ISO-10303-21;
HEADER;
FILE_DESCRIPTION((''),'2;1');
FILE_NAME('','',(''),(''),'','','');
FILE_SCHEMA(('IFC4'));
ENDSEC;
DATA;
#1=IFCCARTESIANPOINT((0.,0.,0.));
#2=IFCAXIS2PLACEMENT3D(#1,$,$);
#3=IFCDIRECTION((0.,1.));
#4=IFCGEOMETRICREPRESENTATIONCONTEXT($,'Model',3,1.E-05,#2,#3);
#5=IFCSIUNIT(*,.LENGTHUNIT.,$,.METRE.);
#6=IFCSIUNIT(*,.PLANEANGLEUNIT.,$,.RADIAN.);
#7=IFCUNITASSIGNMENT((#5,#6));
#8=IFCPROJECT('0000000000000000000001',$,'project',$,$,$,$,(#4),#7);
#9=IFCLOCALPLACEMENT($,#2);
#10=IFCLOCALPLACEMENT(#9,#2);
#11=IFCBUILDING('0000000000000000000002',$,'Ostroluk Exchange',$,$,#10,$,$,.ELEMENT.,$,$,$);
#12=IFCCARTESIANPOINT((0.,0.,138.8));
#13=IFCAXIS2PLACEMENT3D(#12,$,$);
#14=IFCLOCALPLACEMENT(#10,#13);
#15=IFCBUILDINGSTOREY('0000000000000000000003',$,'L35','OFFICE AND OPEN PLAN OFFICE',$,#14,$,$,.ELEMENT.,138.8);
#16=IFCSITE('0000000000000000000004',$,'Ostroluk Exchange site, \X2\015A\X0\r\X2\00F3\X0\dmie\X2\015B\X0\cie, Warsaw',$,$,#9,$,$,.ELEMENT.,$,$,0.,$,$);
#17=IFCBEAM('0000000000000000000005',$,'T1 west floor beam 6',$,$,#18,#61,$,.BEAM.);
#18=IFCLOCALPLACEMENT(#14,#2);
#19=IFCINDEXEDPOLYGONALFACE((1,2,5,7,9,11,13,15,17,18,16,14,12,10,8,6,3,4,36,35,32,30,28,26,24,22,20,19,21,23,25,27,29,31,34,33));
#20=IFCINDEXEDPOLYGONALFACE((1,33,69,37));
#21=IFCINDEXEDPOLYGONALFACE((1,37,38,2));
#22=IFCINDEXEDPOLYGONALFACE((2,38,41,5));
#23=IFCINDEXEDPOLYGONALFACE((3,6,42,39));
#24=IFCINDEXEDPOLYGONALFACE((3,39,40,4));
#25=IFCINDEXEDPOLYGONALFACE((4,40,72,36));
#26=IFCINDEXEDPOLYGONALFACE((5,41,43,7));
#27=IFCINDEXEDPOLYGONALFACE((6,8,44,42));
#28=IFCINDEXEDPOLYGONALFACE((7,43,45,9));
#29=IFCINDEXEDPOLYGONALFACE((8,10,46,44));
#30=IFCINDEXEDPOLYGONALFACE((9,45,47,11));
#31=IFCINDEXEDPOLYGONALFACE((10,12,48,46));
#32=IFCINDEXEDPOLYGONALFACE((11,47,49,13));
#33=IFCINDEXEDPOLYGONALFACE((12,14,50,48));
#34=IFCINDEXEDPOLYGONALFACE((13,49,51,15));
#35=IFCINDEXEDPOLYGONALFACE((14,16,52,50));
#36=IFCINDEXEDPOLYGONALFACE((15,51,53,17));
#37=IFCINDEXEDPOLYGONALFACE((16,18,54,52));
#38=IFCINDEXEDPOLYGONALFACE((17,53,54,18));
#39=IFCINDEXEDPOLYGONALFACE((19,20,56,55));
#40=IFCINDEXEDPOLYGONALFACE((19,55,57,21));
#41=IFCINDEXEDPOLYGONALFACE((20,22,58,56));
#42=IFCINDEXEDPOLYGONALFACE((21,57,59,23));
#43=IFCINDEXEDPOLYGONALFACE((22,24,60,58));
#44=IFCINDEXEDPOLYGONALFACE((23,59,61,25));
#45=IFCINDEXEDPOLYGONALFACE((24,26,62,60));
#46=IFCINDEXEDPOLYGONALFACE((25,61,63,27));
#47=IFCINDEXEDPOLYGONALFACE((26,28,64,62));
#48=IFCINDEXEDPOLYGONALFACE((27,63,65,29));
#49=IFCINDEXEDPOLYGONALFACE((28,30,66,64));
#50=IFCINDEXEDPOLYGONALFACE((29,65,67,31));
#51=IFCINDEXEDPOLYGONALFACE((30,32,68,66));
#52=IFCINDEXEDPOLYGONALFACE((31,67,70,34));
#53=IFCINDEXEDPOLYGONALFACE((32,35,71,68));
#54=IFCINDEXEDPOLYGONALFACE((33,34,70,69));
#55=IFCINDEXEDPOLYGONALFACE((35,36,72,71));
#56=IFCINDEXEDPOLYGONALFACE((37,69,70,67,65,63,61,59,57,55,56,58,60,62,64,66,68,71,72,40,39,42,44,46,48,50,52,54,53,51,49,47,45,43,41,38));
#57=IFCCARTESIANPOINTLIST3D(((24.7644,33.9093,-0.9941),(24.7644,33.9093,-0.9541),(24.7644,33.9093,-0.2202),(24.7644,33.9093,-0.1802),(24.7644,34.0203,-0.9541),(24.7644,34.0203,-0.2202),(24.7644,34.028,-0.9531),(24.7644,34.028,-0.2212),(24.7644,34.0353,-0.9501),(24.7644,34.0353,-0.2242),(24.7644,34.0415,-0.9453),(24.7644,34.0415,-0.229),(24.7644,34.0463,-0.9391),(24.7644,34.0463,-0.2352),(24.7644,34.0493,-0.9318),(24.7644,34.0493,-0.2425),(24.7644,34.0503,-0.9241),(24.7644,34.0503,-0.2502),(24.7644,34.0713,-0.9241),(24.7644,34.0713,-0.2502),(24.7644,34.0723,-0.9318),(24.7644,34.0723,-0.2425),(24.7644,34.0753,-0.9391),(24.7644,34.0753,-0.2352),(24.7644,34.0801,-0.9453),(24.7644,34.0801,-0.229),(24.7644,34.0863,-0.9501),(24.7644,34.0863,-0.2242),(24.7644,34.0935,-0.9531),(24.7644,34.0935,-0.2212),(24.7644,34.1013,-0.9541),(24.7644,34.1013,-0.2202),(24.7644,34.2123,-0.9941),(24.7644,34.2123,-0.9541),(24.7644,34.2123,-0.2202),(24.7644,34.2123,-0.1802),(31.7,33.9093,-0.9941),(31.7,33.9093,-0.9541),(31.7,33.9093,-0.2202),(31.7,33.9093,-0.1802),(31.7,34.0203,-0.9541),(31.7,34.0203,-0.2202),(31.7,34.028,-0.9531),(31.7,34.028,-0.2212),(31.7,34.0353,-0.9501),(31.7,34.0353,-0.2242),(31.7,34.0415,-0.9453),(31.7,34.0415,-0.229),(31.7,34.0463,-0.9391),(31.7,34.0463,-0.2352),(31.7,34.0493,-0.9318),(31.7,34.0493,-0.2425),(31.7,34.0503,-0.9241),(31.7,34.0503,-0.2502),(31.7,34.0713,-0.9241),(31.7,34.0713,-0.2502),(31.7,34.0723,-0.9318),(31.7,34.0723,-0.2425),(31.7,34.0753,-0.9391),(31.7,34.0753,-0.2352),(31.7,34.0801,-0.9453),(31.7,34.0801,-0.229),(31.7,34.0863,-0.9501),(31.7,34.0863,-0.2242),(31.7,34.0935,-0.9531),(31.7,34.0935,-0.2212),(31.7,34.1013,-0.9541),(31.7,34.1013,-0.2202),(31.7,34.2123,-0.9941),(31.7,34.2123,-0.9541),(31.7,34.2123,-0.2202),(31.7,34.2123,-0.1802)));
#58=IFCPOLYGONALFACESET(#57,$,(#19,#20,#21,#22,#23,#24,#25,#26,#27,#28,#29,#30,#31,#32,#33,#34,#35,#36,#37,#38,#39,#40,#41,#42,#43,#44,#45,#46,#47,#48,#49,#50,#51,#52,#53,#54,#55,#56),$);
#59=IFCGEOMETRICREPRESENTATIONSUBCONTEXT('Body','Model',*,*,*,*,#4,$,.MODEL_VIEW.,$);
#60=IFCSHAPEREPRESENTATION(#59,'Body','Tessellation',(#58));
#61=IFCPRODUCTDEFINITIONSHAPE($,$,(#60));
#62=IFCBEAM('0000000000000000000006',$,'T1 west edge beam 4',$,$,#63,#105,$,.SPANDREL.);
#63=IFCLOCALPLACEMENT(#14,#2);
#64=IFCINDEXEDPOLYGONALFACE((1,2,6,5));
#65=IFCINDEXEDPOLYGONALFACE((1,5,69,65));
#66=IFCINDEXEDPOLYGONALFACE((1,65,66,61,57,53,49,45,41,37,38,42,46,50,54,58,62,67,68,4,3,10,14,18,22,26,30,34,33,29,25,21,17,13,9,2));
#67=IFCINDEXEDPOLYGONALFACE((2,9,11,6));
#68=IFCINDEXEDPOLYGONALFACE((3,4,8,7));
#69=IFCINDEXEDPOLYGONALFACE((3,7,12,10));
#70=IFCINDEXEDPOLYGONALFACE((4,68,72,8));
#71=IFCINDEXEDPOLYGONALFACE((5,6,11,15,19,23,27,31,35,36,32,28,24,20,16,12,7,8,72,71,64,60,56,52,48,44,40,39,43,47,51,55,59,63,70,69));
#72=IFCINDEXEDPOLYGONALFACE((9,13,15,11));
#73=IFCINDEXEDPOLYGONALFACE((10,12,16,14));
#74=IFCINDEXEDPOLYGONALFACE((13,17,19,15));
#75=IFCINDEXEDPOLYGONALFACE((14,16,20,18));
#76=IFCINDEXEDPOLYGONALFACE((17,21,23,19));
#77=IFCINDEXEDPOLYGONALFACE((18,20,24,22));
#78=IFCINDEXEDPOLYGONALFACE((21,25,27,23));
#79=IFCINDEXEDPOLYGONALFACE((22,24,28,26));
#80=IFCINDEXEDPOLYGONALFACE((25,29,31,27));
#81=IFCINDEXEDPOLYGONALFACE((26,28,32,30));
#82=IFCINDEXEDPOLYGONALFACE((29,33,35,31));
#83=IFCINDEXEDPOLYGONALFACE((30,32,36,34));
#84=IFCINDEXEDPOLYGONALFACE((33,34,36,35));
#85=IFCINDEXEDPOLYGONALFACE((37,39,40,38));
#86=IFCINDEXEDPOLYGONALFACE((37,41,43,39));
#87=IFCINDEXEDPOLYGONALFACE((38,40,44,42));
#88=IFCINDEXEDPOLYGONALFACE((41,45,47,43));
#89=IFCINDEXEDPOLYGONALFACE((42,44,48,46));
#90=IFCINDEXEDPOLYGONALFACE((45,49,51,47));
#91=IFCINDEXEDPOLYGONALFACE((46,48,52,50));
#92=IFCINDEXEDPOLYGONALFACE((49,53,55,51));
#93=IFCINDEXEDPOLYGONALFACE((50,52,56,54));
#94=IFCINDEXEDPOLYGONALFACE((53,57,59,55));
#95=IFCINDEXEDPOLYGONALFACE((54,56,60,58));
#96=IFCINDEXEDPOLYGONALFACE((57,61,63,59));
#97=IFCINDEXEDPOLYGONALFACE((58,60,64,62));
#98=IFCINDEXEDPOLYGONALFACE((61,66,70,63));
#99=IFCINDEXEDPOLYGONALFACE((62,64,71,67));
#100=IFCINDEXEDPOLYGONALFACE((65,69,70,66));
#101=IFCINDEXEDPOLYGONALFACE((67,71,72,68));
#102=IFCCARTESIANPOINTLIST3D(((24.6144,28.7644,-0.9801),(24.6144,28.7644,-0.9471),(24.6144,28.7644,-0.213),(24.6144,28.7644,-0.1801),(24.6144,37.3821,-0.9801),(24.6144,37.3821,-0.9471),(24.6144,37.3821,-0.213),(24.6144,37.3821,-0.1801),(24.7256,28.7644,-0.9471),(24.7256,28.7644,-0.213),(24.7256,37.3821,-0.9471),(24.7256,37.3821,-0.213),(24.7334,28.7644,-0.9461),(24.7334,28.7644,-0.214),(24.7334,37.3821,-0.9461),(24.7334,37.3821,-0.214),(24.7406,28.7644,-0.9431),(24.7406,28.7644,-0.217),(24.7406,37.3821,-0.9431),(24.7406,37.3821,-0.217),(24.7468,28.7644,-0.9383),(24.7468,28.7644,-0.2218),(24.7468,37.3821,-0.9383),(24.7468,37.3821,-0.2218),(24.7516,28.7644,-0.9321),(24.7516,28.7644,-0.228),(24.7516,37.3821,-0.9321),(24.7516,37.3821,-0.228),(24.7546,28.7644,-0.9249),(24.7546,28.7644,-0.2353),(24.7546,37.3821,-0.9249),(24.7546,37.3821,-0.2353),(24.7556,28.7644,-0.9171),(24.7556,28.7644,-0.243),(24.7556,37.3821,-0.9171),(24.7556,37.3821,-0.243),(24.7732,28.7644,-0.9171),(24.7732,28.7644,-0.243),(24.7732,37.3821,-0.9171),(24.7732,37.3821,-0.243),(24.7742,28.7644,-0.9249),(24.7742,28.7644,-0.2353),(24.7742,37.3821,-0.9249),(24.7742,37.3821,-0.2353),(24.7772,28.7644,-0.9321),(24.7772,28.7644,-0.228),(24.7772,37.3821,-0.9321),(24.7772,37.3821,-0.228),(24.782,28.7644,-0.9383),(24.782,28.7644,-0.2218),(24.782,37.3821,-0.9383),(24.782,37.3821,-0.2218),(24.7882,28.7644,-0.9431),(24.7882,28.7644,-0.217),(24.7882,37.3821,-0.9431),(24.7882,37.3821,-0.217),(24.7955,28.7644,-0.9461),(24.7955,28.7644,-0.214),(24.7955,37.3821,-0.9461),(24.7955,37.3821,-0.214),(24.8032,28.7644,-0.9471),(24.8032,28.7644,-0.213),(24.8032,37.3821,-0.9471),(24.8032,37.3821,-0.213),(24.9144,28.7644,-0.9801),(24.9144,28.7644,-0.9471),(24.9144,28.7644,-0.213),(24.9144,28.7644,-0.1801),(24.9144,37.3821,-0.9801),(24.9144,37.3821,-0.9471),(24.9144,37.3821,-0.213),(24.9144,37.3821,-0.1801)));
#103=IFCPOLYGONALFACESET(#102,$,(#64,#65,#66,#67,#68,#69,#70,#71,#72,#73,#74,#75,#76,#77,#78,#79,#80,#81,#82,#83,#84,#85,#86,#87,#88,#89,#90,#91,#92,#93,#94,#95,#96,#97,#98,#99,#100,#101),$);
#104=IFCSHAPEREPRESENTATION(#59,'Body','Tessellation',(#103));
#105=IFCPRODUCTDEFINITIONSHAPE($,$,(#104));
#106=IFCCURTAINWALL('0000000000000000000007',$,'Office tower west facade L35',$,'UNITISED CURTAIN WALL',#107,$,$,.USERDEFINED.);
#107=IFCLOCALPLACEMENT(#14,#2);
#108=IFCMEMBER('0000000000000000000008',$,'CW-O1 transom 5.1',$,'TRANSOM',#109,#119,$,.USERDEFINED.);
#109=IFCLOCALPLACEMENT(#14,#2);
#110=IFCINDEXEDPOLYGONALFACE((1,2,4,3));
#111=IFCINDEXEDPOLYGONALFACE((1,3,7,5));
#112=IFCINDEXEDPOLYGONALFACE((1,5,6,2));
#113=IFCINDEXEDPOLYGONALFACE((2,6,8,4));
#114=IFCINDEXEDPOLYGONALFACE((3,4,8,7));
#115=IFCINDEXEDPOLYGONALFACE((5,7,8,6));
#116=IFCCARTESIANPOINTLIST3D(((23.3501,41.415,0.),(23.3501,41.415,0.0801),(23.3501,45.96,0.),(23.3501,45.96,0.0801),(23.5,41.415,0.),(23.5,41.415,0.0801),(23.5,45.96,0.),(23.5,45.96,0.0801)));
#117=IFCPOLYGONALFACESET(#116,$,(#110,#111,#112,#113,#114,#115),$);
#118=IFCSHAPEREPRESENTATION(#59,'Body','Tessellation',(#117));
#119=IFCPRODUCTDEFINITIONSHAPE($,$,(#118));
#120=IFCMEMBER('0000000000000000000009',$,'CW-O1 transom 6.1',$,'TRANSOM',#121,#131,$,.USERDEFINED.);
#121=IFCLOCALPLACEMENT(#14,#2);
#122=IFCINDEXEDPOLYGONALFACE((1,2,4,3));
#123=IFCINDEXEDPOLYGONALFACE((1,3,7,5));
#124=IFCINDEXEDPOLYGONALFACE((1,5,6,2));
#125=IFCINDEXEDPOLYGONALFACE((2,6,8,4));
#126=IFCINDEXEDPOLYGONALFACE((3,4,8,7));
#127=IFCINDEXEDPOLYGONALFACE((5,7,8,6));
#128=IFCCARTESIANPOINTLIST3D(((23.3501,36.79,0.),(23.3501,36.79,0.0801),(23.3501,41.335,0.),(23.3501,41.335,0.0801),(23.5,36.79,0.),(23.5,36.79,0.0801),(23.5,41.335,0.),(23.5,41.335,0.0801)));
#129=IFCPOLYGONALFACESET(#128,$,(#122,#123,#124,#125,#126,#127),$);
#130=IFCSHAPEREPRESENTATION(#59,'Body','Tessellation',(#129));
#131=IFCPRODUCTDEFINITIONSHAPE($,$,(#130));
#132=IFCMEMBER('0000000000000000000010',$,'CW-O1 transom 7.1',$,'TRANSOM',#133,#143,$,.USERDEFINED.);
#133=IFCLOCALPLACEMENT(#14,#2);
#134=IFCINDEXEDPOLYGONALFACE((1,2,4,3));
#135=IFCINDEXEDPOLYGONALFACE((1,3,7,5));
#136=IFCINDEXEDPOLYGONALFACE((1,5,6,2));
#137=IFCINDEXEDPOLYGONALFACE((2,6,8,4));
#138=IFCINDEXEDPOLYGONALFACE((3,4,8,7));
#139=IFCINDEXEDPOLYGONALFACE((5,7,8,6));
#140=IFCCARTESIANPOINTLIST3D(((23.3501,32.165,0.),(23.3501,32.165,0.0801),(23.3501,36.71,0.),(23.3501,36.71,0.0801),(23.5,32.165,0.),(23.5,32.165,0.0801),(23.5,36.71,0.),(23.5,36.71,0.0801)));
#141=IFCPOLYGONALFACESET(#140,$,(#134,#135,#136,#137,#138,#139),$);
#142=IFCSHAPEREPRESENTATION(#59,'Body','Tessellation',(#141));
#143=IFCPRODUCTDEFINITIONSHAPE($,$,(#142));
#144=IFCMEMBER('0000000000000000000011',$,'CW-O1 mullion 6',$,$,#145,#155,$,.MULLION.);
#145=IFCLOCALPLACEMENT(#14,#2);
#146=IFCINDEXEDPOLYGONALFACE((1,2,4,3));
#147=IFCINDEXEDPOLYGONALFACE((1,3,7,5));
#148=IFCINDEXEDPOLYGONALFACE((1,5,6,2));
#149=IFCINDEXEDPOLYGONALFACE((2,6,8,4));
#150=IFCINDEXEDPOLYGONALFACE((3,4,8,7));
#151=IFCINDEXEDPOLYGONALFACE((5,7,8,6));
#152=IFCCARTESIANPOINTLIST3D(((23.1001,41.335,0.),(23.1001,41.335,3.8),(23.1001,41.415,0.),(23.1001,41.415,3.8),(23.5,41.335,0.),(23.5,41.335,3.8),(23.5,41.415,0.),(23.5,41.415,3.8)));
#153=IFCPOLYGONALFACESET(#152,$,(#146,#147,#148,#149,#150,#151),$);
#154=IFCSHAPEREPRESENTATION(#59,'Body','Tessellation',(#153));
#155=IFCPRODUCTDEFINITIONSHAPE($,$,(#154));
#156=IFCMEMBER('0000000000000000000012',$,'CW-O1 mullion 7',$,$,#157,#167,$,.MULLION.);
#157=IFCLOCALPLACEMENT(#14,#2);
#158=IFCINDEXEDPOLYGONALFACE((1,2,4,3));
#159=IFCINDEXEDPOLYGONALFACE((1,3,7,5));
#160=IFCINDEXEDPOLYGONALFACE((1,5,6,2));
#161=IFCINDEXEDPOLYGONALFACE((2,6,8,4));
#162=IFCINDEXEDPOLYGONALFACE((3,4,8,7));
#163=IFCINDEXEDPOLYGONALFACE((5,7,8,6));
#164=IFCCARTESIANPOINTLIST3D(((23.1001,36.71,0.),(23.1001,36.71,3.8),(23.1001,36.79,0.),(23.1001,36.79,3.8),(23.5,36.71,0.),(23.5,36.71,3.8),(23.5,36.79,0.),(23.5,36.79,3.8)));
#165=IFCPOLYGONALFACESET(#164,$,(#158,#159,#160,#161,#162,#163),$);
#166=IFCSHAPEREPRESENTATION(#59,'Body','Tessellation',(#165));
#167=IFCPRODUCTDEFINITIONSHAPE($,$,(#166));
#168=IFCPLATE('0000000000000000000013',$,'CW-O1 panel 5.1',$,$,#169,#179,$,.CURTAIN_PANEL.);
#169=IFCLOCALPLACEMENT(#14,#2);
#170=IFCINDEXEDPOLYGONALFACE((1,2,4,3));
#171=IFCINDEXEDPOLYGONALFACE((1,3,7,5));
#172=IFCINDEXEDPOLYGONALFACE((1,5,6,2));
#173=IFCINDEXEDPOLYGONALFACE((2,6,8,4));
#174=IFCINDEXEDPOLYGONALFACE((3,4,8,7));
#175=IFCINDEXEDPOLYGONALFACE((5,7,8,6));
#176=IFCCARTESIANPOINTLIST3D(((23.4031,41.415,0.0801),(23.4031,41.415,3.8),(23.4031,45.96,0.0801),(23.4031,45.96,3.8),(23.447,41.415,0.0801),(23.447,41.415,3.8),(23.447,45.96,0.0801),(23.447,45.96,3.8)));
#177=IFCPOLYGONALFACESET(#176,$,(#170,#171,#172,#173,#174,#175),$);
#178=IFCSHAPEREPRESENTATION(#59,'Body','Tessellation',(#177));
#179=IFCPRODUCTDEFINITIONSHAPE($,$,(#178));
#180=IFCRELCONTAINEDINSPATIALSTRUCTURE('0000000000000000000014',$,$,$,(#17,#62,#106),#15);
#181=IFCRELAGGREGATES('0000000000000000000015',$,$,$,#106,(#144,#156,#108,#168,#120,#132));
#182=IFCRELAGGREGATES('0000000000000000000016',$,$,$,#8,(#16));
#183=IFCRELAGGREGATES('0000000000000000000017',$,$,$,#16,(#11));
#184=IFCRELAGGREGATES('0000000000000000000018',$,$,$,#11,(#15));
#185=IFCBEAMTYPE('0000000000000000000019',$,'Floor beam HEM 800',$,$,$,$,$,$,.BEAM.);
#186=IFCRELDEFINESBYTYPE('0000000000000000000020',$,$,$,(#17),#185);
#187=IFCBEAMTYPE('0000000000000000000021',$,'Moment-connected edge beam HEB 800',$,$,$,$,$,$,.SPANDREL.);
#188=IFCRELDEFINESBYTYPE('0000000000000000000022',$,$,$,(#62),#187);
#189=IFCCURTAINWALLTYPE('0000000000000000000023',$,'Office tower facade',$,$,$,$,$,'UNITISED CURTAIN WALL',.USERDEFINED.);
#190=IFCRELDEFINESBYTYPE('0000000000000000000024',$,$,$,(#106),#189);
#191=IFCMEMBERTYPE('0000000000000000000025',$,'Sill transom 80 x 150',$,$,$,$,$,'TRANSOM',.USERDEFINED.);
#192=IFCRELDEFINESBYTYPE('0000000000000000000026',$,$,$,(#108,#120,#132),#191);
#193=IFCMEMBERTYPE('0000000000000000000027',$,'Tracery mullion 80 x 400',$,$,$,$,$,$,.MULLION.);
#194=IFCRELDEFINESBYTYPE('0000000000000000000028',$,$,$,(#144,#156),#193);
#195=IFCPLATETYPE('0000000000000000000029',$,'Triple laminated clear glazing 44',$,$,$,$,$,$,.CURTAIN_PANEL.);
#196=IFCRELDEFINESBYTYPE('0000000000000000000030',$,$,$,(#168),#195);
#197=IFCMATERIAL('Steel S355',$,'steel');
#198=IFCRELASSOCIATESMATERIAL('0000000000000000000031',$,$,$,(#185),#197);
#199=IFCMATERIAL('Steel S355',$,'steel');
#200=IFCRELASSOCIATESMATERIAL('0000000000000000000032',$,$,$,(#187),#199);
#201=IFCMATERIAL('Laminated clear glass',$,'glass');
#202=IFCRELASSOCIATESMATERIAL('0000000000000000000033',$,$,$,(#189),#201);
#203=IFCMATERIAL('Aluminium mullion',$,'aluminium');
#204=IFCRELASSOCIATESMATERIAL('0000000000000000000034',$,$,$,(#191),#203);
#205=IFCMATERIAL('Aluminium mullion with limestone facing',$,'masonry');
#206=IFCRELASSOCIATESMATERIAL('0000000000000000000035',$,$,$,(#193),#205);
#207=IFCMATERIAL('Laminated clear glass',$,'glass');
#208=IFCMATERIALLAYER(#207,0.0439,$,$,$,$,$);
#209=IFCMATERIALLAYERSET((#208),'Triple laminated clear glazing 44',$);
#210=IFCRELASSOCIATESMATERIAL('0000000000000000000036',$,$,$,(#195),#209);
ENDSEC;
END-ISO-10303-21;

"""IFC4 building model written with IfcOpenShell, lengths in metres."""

from ifc_helpers import new_model, si_unit, direction, frame, origin, origin_2d, place, context, subcontext, project, spatial, rectangle, i_section, extrude, material, layer, layer_set, material_profile, profile_set, type_object, element, aggregate, save


model = new_model("IFC4")

# Units and contexts
model_context = context("Model", 3, precision=1e-05, world=origin(), true_north=direction((0.0, 1.0)))
body_context = subcontext(model_context, "Body", "Model", "MODEL_VIEW")
ifc_project = project(units=[si_unit("LENGTHUNIT", "METRE"), si_unit("PLANEANGLEUNIT", "RADIAN")], contexts=[model_context])

# Site, building, storey
site_placement = place(None, origin())
site = spatial("IfcSite", under=ifc_project, at=site_placement, Name="Ostroluk Exchange site, Śródmieście, Warsaw", CompositionType="ELEMENT", RefElevation=0.0)
building_placement = place(site_placement, origin())
building = spatial("IfcBuilding", under=site, at=building_placement, Name="Ostroluk Exchange", CompositionType="ELEMENT")
storey_placement = place(building_placement, frame((0.0, 0.0, 138.8)))
storey = spatial("IfcBuildingStorey", under=building, at=storey_placement, Name="L35", Description="OFFICE AND OPEN PLAN OFFICE", CompositionType="ELEMENT", Elevation=138.8)

# Beams
ifc_material_1 = material(Name="Steel S355", Category="steel")
ifc_material_profile_1 = material_profile(ifc_material_1, i_section(OverallWidth=0.303, OverallDepth=0.814, WebThickness=0.021, FlangeThickness=0.04, FilletRadius=0.03, at=origin_2d()), Name="HEM 800")
ifc_profile_set_1 = profile_set([ifc_material_profile_1], Name="Steel S355")
beam_type_1 = type_object("IfcBeamType", Name="Floor beam HEM 800", PredefinedType="BEAM", material=ifc_profile_set_1)
beam_1_placement = place(storey_placement, frame((31.7, 34.0608, -0.5872), z_axis=(-1.0, 0.0, 0.0), x_axis=(0.0, -1.0, 0.0)))
element("IfcBeam", 1, at=beam_1_placement, inside=storey, type_object=beam_type_1, Name="T1 west floor beam 6", PredefinedType="BEAM", context=body_context, shape_type="SweptSolid", body=[
    extrude(i_section(OverallWidth=0.303, OverallDepth=0.814, WebThickness=0.021, FlangeThickness=0.04, FilletRadius=0.03, at=origin_2d()), origin(), (0.0, 0.0, 1.0), 6.9355),
])
ifc_material_2 = material(Name="Steel S355", Category="steel")
ifc_material_profile_2 = material_profile(ifc_material_2, i_section(OverallWidth=0.3, OverallDepth=0.8, WebThickness=0.0176, FlangeThickness=0.033, FilletRadius=0.03, at=origin_2d()), Name="HEB 800")
ifc_profile_set_2 = profile_set([ifc_material_profile_2], Name="Steel S355")
beam_type_2 = type_object("IfcBeamType", Name="Moment-connected edge beam HEB 800", PredefinedType="SPANDREL", material=ifc_profile_set_2)
beam_2_placement = place(storey_placement, frame((24.7644, 37.3821, -0.5801), z_axis=(0.0, -1.0, 0.0), x_axis=(1.0, 0.0, 0.0)))
element("IfcBeam", 2, at=beam_2_placement, inside=storey, type_object=beam_type_2, Name="T1 west edge beam 4", PredefinedType="SPANDREL", context=body_context, shape_type="SweptSolid", body=[
    extrude(i_section(OverallWidth=0.3, OverallDepth=0.8, WebThickness=0.0176, FlangeThickness=0.033, FilletRadius=0.03, at=origin_2d()), origin(), (0.0, 0.0, 1.0), 8.6177),
])

# Curtain wall, members, plate
ifc_material_3 = material(Name="Laminated clear glass", Category="glass")
curtain_wall_type = type_object("IfcCurtainWallType", Name="Office tower facade", ElementType="UNITISED CURTAIN WALL", PredefinedType="USERDEFINED", material=ifc_material_3)
curtain_wall_placement = place(storey_placement, origin())
curtain_wall = element("IfcCurtainWall", 3, at=curtain_wall_placement, inside=storey, type_object=curtain_wall_type, Name="Office tower west facade L35", ObjectType="UNITISED CURTAIN WALL", PredefinedType="USERDEFINED")
ifc_material_4 = material(Name="Aluminium mullion", Category="aluminium")
ifc_material_profile_3 = material_profile(ifc_material_4, rectangle(XDim=0.1499, YDim=0.0801, at=origin_2d()), Name="Sill transom 80 x 150")
ifc_profile_set_3 = profile_set([ifc_material_profile_3], Name="Aluminium mullion")
member_type_1 = type_object("IfcMemberType", Name="Sill transom 80 x 150", ElementType="TRANSOM", PredefinedType="USERDEFINED", material=ifc_profile_set_3)
member_1_placement = place(storey_placement, frame((23.425, 45.96, 0.04), z_axis=(0.0, -1.0, 0.0), x_axis=(1.0, 0.0, 0.0)))
member_1 = element("IfcMember", 4, at=member_1_placement, type_object=member_type_1, Name="CW-O1 transom 5.1", ObjectType="TRANSOM", PredefinedType="USERDEFINED", context=body_context, shape_type="SweptSolid", body=[
    extrude(rectangle(XDim=0.1499, YDim=0.0801, at=origin_2d()), origin(), (0.0, 0.0, 1.0), 4.5449),
])
member_2_placement = place(storey_placement, frame((23.425, 41.335, 0.04), z_axis=(0.0, -1.0, 0.0), x_axis=(1.0, 0.0, 0.0)))
member_2 = element("IfcMember", 5, at=member_2_placement, type_object=member_type_1, Name="CW-O1 transom 6.1", ObjectType="TRANSOM", PredefinedType="USERDEFINED", context=body_context, shape_type="SweptSolid", body=[
    extrude(rectangle(XDim=0.1499, YDim=0.0801, at=origin_2d()), origin(), (0.0, 0.0, 1.0), 4.5449),
])
member_3_placement = place(storey_placement, frame((23.425, 36.71, 0.04), z_axis=(0.0, -1.0, 0.0), x_axis=(1.0, 0.0, 0.0)))
member_3 = element("IfcMember", 6, at=member_3_placement, type_object=member_type_1, Name="CW-O1 transom 7.1", ObjectType="TRANSOM", PredefinedType="USERDEFINED", context=body_context, shape_type="SweptSolid", body=[
    extrude(rectangle(XDim=0.1499, YDim=0.0801, at=origin_2d()), origin(), (0.0, 0.0, 1.0), 4.5449),
])
ifc_material_5 = material(Name="Aluminium mullion with limestone facing", Category="masonry")
ifc_material_profile_4 = material_profile(ifc_material_5, rectangle(XDim=0.3999, YDim=0.0801, at=origin_2d()), Name="Tracery mullion 80 x 400")
ifc_profile_set_4 = profile_set([ifc_material_profile_4], Name="Aluminium mullion with limestone facing")
member_type_2 = type_object("IfcMemberType", Name="Tracery mullion 80 x 400", PredefinedType="MULLION", material=ifc_profile_set_4)
member_4_placement = place(storey_placement, frame((23.3, 41.375, 0.0), z_axis=(0.0, 0.0, 1.0), x_axis=(1.0, 0.0, 0.0)))
member_4 = element("IfcMember", 7, at=member_4_placement, type_object=member_type_2, Name="CW-O1 mullion 6", PredefinedType="MULLION", context=body_context, shape_type="SweptSolid", body=[
    extrude(rectangle(XDim=0.3999, YDim=0.0801, at=origin_2d()), origin(), (0.0, 0.0, 1.0), 3.8),
])
member_5_placement = place(storey_placement, frame((23.3, 36.75, 0.0), z_axis=(0.0, 0.0, 1.0), x_axis=(1.0, 0.0, 0.0)))
member_5 = element("IfcMember", 8, at=member_5_placement, type_object=member_type_2, Name="CW-O1 mullion 7", PredefinedType="MULLION", context=body_context, shape_type="SweptSolid", body=[
    extrude(rectangle(XDim=0.3999, YDim=0.0801, at=origin_2d()), origin(), (0.0, 0.0, 1.0), 3.8),
])
ifc_material_6 = material(Name="Laminated clear glass", Category="glass")
ifc_layer_1 = layer(ifc_material_6, 0.0439)
ifc_layer_set_1 = layer_set([ifc_layer_1], Name="Triple laminated clear glazing 44")
plate_type = type_object("IfcPlateType", Name="Triple laminated clear glazing 44", PredefinedType="CURTAIN_PANEL", material=ifc_layer_set_1)
plate_1_placement = place(storey_placement, frame((23.425, 43.6875, 0.0801), z_axis=(0.0, 0.0, 1.0), x_axis=(0.0, -1.0, 0.0)))
plate_1 = element("IfcPlate", 9, at=plate_1_placement, type_object=plate_type, Name="CW-O1 panel 5.1", PredefinedType="CURTAIN_PANEL", context=body_context, shape_type="SweptSolid", body=[
    extrude(rectangle(XDim=4.5449, YDim=0.0439, at=origin_2d()), origin(), (0.0, 0.0, 1.0), 3.72),
])
aggregate(curtain_wall, [member_4, member_5, member_1, plate_1, member_2, member_3])

save(model, "model.ifc")
